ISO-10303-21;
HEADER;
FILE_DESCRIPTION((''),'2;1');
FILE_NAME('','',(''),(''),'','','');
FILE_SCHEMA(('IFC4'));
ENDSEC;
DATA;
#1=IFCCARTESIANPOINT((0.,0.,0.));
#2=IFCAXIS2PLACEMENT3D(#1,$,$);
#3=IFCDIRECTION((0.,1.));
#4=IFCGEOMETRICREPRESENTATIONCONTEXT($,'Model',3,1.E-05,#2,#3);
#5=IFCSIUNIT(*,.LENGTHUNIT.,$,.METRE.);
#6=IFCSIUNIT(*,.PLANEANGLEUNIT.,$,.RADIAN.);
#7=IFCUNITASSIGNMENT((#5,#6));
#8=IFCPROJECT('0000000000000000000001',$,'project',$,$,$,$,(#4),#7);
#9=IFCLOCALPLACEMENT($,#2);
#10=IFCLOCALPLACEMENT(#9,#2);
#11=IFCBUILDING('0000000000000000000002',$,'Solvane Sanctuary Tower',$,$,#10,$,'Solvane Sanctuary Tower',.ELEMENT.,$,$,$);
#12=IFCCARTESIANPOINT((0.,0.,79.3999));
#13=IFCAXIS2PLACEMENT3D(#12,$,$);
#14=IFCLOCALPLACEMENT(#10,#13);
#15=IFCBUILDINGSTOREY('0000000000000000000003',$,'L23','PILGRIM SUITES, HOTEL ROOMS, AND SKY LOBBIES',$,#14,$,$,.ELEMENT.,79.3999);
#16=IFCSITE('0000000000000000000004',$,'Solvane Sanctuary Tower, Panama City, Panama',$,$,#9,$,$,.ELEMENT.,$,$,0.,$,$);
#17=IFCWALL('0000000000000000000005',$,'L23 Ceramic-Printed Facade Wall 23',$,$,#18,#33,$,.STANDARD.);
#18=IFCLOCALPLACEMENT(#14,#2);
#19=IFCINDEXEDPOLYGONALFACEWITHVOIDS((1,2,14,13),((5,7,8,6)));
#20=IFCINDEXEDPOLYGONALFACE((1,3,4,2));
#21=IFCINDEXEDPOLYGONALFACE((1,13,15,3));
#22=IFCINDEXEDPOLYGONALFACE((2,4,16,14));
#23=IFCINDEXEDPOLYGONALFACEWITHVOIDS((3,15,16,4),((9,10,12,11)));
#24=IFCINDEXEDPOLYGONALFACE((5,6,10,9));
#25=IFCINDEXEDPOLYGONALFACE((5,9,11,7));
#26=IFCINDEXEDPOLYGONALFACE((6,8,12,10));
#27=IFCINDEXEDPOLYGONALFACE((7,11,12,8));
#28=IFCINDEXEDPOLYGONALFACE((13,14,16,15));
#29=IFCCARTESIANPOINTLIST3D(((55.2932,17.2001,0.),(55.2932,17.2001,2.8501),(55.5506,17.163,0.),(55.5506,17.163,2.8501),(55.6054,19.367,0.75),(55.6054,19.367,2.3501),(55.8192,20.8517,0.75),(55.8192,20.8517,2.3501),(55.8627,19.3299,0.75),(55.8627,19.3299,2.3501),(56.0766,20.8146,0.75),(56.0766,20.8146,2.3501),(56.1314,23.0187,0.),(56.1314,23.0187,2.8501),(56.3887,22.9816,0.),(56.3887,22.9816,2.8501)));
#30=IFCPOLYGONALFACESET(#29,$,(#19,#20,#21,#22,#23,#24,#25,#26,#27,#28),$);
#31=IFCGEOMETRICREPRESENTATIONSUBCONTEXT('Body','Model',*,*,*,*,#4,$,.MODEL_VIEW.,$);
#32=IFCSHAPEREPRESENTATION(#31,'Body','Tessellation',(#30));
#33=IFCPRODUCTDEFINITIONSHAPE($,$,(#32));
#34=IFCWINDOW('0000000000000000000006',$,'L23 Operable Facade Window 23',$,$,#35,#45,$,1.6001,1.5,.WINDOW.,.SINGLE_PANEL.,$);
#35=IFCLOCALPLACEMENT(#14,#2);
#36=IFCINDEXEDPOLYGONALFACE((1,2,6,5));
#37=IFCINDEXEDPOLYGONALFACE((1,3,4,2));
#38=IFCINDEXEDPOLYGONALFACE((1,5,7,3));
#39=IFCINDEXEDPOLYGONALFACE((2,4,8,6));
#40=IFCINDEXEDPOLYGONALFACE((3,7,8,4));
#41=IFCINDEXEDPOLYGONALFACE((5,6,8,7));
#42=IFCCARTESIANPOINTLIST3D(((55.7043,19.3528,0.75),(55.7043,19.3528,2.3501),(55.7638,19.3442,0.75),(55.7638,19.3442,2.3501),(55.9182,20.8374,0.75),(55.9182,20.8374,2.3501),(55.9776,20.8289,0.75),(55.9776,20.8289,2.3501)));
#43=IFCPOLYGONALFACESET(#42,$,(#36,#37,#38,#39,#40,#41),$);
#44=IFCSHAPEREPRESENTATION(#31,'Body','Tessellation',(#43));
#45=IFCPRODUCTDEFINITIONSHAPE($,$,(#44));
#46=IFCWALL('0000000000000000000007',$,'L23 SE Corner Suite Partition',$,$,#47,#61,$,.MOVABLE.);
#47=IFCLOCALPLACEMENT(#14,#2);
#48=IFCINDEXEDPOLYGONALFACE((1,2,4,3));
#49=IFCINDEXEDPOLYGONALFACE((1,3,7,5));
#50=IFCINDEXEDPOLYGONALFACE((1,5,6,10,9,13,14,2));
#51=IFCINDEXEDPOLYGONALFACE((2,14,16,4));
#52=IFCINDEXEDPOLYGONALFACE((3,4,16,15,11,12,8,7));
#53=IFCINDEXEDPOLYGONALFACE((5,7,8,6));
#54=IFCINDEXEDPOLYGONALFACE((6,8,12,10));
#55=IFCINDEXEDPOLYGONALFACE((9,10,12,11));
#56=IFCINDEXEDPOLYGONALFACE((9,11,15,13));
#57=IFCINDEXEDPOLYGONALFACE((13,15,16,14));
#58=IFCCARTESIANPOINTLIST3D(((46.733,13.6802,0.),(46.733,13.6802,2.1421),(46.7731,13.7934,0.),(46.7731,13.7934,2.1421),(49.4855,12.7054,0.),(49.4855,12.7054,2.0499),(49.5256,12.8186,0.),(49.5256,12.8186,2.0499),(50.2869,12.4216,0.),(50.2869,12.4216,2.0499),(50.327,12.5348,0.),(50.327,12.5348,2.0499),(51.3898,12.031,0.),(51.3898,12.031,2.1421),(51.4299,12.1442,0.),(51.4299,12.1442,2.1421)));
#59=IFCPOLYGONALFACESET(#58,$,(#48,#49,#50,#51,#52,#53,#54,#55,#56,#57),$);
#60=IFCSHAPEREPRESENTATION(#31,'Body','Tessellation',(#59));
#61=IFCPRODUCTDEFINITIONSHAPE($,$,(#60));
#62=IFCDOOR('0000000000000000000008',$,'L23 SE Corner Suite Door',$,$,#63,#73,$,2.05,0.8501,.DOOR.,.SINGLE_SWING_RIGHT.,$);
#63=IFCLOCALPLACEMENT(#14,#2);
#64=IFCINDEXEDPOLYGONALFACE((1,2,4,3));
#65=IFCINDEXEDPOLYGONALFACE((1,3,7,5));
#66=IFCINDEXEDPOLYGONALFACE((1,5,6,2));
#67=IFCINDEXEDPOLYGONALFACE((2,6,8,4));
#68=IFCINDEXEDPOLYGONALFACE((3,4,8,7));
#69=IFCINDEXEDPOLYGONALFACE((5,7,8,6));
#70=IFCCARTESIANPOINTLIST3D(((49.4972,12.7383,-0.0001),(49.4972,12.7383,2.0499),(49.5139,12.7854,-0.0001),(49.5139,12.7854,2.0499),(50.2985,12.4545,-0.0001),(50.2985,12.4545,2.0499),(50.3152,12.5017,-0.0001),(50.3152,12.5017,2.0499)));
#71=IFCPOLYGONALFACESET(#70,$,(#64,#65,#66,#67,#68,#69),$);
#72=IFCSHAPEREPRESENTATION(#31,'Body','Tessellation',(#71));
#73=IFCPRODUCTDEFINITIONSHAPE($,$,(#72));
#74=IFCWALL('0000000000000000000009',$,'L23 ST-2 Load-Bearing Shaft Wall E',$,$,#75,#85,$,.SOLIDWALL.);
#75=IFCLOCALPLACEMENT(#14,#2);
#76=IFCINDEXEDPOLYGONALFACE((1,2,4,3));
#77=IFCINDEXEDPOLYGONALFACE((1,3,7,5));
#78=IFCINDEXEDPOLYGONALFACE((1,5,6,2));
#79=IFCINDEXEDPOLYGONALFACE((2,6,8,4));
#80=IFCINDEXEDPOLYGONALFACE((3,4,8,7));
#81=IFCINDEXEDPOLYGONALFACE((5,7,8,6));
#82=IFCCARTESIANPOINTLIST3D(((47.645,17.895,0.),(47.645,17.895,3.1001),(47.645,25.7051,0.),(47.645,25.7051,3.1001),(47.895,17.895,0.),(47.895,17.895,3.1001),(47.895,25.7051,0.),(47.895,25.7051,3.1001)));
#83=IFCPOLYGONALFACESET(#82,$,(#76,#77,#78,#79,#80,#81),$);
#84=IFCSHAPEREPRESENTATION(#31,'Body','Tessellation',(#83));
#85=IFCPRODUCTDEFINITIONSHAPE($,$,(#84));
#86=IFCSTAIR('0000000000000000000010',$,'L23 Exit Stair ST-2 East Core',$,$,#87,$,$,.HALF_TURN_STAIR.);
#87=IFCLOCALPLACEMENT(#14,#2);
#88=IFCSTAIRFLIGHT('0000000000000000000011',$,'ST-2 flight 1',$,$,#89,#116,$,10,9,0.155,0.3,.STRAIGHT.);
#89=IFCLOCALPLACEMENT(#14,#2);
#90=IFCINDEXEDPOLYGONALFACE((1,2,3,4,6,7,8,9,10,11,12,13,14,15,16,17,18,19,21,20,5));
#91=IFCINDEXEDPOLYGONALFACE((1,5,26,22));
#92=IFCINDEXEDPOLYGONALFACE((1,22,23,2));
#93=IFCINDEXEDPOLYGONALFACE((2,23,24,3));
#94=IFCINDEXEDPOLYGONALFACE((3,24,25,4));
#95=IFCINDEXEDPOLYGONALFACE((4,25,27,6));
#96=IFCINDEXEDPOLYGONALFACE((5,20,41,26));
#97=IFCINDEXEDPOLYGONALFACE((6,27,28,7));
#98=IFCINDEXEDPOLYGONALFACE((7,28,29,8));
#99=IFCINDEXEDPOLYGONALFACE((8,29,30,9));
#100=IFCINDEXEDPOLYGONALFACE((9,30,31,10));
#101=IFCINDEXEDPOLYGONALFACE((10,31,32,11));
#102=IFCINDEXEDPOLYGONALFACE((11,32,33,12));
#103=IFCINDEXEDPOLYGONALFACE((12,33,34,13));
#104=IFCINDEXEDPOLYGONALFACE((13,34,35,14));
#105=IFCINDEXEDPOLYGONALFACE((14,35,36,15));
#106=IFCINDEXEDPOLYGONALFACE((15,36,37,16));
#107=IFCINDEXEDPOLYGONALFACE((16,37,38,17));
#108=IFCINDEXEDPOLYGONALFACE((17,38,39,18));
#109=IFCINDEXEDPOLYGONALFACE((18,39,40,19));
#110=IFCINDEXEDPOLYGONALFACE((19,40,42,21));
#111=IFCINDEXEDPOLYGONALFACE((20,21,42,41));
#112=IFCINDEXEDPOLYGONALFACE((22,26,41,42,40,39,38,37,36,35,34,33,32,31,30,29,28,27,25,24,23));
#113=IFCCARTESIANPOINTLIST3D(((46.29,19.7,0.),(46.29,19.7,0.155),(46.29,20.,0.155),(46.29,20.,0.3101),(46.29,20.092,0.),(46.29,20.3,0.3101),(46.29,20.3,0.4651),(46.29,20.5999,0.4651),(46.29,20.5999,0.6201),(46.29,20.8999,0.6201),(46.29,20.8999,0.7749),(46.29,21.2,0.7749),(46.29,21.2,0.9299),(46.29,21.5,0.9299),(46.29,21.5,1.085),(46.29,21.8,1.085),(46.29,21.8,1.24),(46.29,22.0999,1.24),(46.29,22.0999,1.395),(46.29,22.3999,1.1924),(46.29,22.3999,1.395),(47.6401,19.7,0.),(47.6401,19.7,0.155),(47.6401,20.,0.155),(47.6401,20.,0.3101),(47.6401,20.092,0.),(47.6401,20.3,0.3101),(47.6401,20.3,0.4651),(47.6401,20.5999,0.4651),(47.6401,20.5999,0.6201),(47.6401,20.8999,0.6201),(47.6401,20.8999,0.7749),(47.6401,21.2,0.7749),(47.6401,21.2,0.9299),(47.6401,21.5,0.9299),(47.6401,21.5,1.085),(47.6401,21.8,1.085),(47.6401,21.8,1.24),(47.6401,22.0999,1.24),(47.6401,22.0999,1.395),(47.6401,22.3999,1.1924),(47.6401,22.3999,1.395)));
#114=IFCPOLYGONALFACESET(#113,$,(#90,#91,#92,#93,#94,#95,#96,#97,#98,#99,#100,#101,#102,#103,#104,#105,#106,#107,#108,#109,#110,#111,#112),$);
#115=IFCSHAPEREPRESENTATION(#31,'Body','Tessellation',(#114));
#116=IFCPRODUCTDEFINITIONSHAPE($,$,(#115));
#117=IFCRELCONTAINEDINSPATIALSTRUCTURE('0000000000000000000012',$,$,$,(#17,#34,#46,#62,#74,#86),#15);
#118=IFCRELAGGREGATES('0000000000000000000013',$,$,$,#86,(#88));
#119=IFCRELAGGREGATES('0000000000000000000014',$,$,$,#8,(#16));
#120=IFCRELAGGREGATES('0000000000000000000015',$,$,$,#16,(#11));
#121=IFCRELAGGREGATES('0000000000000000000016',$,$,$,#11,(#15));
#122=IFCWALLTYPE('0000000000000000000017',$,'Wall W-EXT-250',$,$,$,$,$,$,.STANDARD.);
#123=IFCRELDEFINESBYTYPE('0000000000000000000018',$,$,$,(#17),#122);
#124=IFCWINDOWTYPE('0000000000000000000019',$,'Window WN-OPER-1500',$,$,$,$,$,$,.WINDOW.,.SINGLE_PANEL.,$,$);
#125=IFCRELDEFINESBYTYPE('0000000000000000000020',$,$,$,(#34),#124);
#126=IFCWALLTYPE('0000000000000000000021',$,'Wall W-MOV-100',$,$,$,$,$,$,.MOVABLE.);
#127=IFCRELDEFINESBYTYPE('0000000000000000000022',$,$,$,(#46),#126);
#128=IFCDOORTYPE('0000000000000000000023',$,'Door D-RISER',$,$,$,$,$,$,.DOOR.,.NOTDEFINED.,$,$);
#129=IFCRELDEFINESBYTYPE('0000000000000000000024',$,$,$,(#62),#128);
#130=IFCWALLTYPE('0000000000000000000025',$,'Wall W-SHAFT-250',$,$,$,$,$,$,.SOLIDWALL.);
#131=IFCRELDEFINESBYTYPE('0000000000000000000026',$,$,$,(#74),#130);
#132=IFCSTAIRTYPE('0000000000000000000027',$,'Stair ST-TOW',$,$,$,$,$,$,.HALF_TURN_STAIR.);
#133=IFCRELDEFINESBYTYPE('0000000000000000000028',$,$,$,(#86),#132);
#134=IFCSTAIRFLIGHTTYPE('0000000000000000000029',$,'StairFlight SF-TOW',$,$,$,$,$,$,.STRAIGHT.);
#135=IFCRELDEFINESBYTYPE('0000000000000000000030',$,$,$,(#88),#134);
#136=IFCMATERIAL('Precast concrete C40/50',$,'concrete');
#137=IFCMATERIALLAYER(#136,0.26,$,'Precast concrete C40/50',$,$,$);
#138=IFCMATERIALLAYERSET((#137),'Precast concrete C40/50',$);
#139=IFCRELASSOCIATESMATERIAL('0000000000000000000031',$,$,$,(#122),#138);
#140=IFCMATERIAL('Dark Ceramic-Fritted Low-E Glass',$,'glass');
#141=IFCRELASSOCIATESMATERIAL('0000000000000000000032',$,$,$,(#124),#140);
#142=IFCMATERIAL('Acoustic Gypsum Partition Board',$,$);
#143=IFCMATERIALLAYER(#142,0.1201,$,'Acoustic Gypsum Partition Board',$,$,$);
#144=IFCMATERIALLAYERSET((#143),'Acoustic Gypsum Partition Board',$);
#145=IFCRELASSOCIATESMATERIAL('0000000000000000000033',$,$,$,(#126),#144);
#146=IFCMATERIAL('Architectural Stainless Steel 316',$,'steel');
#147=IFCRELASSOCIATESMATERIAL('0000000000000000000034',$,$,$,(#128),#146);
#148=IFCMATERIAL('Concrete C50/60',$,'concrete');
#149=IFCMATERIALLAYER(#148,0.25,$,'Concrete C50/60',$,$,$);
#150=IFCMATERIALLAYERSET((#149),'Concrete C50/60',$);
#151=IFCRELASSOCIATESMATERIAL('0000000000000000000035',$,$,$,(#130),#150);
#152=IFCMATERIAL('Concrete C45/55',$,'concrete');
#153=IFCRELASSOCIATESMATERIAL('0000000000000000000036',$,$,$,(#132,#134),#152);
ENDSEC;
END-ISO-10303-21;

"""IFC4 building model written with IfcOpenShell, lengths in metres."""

from ifc_helpers import new_model, si_unit, direction, frame, frame_2d, origin, place, context, subcontext, project, spatial, polyline, rectangle, outline, extrude, material, layer, layer_set, type_object, element, fill, aggregate, save


model = new_model("IFC4")

# Units and contexts
model_context = context("Model", 3, precision=1e-05, world=origin(), true_north=direction((0.0, 1.0)))
body_context = subcontext(model_context, "Body", "Model", "MODEL_VIEW")
ifc_project = project(units=[si_unit("LENGTHUNIT", "METRE"), si_unit("PLANEANGLEUNIT", "RADIAN")], contexts=[model_context])

# Site, building, storey
site_placement = place(None, origin())
site = spatial("IfcSite", under=ifc_project, at=site_placement, Name="Solvane Sanctuary Tower, Panama City, Panama", CompositionType="ELEMENT", RefElevation=0.0)
building_placement = place(site_placement, origin())
building = spatial("IfcBuilding", under=site, at=building_placement, Name="Solvane Sanctuary Tower", LongName="Solvane Sanctuary Tower", CompositionType="ELEMENT")
storey_placement = place(building_placement, frame((0.0, 0.0, 79.3999)))
storey = spatial("IfcBuildingStorey", under=building, at=storey_placement, Name="L23", Description="PILGRIM SUITES, HOTEL ROOMS, AND SKY LOBBIES", CompositionType="ELEMENT", Elevation=79.3999)

# Shared definitions
ifc_material_1 = material(Name="Acoustic Gypsum Partition Board")

# Shared definitions
ifc_material_2 = material(Name="Precast concrete C40/50", Category="concrete")
ifc_layer_1 = layer(ifc_material_2, 0.26, Name="Precast concrete C40/50")
ifc_layer_set_1 = layer_set([ifc_layer_1], Name="Precast concrete C40/50")
wall_type_1 = type_object("IfcWallType", Name="Wall W-EXT-250", PredefinedType="STANDARD", material=ifc_layer_set_1)

# Wall, opening, window
ifc_material_3 = material(Name="Dark Ceramic-Fritted Low-E Glass", Category="glass")
wall_1_placement = place(storey_placement, frame((55.4219, 17.1814, 0.0), z_axis=(0.0, 0.0, 1.0), x_axis=(0.142572, 0.989784, 0.0)))
wall_1 = element("IfcWall", 1, at=wall_1_placement, inside=storey, type_object=wall_type_1, Name="L23 Ceramic-Printed Facade Wall 23", PredefinedType="STANDARD", context=body_context, shape_type="SweptSolid", body=[
    extrude(rectangle(XDim=5.8787, YDim=0.26, at=frame_2d((2.9395, 0.0))), origin(), (0.0, 0.0, 1.0), 2.8501),
])
opening_1_placement = place(wall_1_placement, frame((2.1895, 0.0, 0.75)))
opening_1 = element("IfcOpeningElement", 2, at=opening_1_placement, cuts=wall_1, PredefinedType="OPENING", context=body_context, shape_type="SweptSolid", body=[
    extrude(rectangle(XDim=1.5, YDim=1.6001, at=frame_2d((0.75, 0.8))), frame((0.0, 0.1399, 0.0), z_axis=(0.0, -1.0, 0.0), x_axis=(1.0, 0.0, 0.0)), (0.0, 0.0, 1.0), 0.28),
])
window_type_1 = type_object("IfcWindowType", Name="Window WN-OPER-1500", PartitioningType="SINGLE_PANEL", PredefinedType="WINDOW", material=ifc_material_3)
window_1_placement = place(opening_1_placement, origin())
window_1 = element("IfcWindow", 3, at=window_1_placement, inside=storey, type_object=window_type_1, Name="L23 Operable Facade Window 23", OverallHeight=1.6001, OverallWidth=1.5, PartitioningType="SINGLE_PANEL", PredefinedType="WINDOW", context=body_context, shape_type="SweptSolid", body=[
    extrude(rectangle(XDim=1.5, YDim=1.6001, at=frame_2d((0.75, 0.8))), frame((0.0, 0.03, 0.0), z_axis=(0.0, -1.0, 0.0), x_axis=(1.0, 0.0, 0.0)), (0.0, 0.0, 1.0), 0.0601),
])
fill(opening_1, window_1)

# Wall, opening, door
ifc_layer_2 = layer(ifc_material_1, 0.1201, Name="Acoustic Gypsum Partition Board")
ifc_layer_set_2 = layer_set([ifc_layer_2], Name="Acoustic Gypsum Partition Board")
wall_type_2 = type_object("IfcWallType", Name="Wall W-MOV-100", PredefinedType="MOVABLE", material=ifc_layer_set_2)
wall_2_placement = place(storey_placement, frame((46.7529, 13.7368, 0.0), z_axis=(0.0, 0.0, 1.0), x_axis=(0.942633, -0.333831, 0.0)))
wall_2 = element("IfcWall", 4, at=wall_2_placement, inside=storey, type_object=wall_type_2, Name="L23 SE Corner Suite Partition", PredefinedType="MOVABLE", context=body_context, shape_type="SweptSolid", body=[
    extrude(rectangle(XDim=4.9402, YDim=0.1201, at=frame_2d((2.4702, 0.0))), origin(), (0.0, 0.0, 1.0), 2.1421),
])
opening_2_placement = place(wall_2_placement, frame((2.9202, 0.0, 0.0)))
opening_2 = element("IfcOpeningElement", 5, at=opening_2_placement, cuts=wall_2, PredefinedType="OPENING", context=body_context, shape_type="SweptSolid", body=[
    extrude(rectangle(XDim=0.8501, YDim=2.05, at=frame_2d((0.425, 1.0249))), frame((0.0, 0.0701, 0.0), z_axis=(0.0, -1.0, 0.0), x_axis=(1.0, 0.0, 0.0)), (0.0, 0.0, 1.0), 0.1401),
])
ifc_material_4 = material(Name="Architectural Stainless Steel 316", Category="steel")
door_type_1 = type_object("IfcDoorType", Name="Door D-RISER", OperationType="NOTDEFINED", PredefinedType="DOOR", material=ifc_material_4)
door_1_placement = place(opening_2_placement, origin())
door_1 = element("IfcDoor", 6, at=door_1_placement, inside=storey, type_object=door_type_1, Name="L23 SE Corner Suite Door", OperationType="SINGLE_SWING_RIGHT", OverallHeight=2.05, OverallWidth=0.8501, PredefinedType="DOOR", context=body_context, shape_type="SweptSolid", body=[
    extrude(rectangle(XDim=0.8501, YDim=2.05, at=frame_2d((0.425, 1.0249))), frame((0.0, 0.0249, 0.0), z_axis=(0.0, -1.0, 0.0), x_axis=(1.0, 0.0, 0.0)), (0.0, 0.0, 1.0), 0.05),
])
fill(opening_2, door_1)

# Wall
ifc_material_5 = material(Name="Concrete C50/60", Category="concrete")
ifc_layer_3 = layer(ifc_material_5, 0.25, Name="Concrete C50/60")
ifc_layer_set_3 = layer_set([ifc_layer_3], Name="Concrete C50/60")
wall_type_3 = type_object("IfcWallType", Name="Wall W-SHAFT-250", PredefinedType="SOLIDWALL", material=ifc_layer_set_3)
wall_3_placement = place(storey_placement, frame((47.77, 17.895, 0.0), z_axis=(0.0, 0.0, 1.0), x_axis=(0.0, 1.0, 0.0)))
element("IfcWall", 7, at=wall_3_placement, inside=storey, type_object=wall_type_3, Name="L23 ST-2 Load-Bearing Shaft Wall E", PredefinedType="SOLIDWALL", context=body_context, shape_type="SweptSolid", body=[
    extrude(rectangle(XDim=7.8101, YDim=0.25, at=frame_2d((3.905, 0.0))), origin(), (0.0, 0.0, 1.0), 3.1001),
])

# Stair, stair flight
ifc_material_6 = material(Name="Concrete C45/55", Category="concrete")
stair_type = type_object("IfcStairType", Name="Stair ST-TOW", PredefinedType="HALF_TURN_STAIR", material=ifc_material_6)
stair_placement = place(storey_placement, origin())
stair = element("IfcStair", 8, at=stair_placement, inside=storey, type_object=stair_type, Name="L23 Exit Stair ST-2 East Core", PredefinedType="HALF_TURN_STAIR")
stair_flight_type = type_object("IfcStairFlightType", Name="StairFlight SF-TOW", PredefinedType="STRAIGHT", material=ifc_material_6)
stair_flight_placement = place(storey_placement, frame((46.9651, 19.7, 0.0), z_axis=(0.0, 0.0, 1.0), x_axis=(0.0, 1.0, 0.0)))
stair_flight = element("IfcStairFlight", 9, at=stair_flight_placement, type_object=stair_flight_type, Name="ST-2 flight 1", NumberOfRisers=10, NumberOfTreads=9, PredefinedType="STRAIGHT", RiserHeight=0.155, TreadLength=0.3, context=body_context, shape_type="SweptSolid", body=[
    extrude(outline(polyline([(0.0, 0.0), (0.0, 0.155), (0.3, 0.155), (0.3, 0.3101), (0.6001, 0.3101), (0.6001, 0.4651), (0.8999, 0.4651), (0.8999, 0.6201), (1.2, 0.6201), (1.2, 0.7749), (1.5, 0.7749), (1.5, 0.9299), (1.8, 0.9299), (1.8, 1.085), (2.1001, 1.085), (2.1001, 1.24), (2.3999, 1.24), (2.3999, 1.395), (2.7, 1.395), (2.7, 1.55), (2.7, 1.1924), (0.3921, 0.0), (0.0, 0.0)])), frame((0.0, 0.675, 0.0), z_axis=(0.0, -1.0, 0.0), x_axis=(1.0, 0.0, 0.0)), (0.0, 0.0, 1.0), 1.3501),
])
aggregate(stair, [stair_flight])

save(model, "model.ifc")
